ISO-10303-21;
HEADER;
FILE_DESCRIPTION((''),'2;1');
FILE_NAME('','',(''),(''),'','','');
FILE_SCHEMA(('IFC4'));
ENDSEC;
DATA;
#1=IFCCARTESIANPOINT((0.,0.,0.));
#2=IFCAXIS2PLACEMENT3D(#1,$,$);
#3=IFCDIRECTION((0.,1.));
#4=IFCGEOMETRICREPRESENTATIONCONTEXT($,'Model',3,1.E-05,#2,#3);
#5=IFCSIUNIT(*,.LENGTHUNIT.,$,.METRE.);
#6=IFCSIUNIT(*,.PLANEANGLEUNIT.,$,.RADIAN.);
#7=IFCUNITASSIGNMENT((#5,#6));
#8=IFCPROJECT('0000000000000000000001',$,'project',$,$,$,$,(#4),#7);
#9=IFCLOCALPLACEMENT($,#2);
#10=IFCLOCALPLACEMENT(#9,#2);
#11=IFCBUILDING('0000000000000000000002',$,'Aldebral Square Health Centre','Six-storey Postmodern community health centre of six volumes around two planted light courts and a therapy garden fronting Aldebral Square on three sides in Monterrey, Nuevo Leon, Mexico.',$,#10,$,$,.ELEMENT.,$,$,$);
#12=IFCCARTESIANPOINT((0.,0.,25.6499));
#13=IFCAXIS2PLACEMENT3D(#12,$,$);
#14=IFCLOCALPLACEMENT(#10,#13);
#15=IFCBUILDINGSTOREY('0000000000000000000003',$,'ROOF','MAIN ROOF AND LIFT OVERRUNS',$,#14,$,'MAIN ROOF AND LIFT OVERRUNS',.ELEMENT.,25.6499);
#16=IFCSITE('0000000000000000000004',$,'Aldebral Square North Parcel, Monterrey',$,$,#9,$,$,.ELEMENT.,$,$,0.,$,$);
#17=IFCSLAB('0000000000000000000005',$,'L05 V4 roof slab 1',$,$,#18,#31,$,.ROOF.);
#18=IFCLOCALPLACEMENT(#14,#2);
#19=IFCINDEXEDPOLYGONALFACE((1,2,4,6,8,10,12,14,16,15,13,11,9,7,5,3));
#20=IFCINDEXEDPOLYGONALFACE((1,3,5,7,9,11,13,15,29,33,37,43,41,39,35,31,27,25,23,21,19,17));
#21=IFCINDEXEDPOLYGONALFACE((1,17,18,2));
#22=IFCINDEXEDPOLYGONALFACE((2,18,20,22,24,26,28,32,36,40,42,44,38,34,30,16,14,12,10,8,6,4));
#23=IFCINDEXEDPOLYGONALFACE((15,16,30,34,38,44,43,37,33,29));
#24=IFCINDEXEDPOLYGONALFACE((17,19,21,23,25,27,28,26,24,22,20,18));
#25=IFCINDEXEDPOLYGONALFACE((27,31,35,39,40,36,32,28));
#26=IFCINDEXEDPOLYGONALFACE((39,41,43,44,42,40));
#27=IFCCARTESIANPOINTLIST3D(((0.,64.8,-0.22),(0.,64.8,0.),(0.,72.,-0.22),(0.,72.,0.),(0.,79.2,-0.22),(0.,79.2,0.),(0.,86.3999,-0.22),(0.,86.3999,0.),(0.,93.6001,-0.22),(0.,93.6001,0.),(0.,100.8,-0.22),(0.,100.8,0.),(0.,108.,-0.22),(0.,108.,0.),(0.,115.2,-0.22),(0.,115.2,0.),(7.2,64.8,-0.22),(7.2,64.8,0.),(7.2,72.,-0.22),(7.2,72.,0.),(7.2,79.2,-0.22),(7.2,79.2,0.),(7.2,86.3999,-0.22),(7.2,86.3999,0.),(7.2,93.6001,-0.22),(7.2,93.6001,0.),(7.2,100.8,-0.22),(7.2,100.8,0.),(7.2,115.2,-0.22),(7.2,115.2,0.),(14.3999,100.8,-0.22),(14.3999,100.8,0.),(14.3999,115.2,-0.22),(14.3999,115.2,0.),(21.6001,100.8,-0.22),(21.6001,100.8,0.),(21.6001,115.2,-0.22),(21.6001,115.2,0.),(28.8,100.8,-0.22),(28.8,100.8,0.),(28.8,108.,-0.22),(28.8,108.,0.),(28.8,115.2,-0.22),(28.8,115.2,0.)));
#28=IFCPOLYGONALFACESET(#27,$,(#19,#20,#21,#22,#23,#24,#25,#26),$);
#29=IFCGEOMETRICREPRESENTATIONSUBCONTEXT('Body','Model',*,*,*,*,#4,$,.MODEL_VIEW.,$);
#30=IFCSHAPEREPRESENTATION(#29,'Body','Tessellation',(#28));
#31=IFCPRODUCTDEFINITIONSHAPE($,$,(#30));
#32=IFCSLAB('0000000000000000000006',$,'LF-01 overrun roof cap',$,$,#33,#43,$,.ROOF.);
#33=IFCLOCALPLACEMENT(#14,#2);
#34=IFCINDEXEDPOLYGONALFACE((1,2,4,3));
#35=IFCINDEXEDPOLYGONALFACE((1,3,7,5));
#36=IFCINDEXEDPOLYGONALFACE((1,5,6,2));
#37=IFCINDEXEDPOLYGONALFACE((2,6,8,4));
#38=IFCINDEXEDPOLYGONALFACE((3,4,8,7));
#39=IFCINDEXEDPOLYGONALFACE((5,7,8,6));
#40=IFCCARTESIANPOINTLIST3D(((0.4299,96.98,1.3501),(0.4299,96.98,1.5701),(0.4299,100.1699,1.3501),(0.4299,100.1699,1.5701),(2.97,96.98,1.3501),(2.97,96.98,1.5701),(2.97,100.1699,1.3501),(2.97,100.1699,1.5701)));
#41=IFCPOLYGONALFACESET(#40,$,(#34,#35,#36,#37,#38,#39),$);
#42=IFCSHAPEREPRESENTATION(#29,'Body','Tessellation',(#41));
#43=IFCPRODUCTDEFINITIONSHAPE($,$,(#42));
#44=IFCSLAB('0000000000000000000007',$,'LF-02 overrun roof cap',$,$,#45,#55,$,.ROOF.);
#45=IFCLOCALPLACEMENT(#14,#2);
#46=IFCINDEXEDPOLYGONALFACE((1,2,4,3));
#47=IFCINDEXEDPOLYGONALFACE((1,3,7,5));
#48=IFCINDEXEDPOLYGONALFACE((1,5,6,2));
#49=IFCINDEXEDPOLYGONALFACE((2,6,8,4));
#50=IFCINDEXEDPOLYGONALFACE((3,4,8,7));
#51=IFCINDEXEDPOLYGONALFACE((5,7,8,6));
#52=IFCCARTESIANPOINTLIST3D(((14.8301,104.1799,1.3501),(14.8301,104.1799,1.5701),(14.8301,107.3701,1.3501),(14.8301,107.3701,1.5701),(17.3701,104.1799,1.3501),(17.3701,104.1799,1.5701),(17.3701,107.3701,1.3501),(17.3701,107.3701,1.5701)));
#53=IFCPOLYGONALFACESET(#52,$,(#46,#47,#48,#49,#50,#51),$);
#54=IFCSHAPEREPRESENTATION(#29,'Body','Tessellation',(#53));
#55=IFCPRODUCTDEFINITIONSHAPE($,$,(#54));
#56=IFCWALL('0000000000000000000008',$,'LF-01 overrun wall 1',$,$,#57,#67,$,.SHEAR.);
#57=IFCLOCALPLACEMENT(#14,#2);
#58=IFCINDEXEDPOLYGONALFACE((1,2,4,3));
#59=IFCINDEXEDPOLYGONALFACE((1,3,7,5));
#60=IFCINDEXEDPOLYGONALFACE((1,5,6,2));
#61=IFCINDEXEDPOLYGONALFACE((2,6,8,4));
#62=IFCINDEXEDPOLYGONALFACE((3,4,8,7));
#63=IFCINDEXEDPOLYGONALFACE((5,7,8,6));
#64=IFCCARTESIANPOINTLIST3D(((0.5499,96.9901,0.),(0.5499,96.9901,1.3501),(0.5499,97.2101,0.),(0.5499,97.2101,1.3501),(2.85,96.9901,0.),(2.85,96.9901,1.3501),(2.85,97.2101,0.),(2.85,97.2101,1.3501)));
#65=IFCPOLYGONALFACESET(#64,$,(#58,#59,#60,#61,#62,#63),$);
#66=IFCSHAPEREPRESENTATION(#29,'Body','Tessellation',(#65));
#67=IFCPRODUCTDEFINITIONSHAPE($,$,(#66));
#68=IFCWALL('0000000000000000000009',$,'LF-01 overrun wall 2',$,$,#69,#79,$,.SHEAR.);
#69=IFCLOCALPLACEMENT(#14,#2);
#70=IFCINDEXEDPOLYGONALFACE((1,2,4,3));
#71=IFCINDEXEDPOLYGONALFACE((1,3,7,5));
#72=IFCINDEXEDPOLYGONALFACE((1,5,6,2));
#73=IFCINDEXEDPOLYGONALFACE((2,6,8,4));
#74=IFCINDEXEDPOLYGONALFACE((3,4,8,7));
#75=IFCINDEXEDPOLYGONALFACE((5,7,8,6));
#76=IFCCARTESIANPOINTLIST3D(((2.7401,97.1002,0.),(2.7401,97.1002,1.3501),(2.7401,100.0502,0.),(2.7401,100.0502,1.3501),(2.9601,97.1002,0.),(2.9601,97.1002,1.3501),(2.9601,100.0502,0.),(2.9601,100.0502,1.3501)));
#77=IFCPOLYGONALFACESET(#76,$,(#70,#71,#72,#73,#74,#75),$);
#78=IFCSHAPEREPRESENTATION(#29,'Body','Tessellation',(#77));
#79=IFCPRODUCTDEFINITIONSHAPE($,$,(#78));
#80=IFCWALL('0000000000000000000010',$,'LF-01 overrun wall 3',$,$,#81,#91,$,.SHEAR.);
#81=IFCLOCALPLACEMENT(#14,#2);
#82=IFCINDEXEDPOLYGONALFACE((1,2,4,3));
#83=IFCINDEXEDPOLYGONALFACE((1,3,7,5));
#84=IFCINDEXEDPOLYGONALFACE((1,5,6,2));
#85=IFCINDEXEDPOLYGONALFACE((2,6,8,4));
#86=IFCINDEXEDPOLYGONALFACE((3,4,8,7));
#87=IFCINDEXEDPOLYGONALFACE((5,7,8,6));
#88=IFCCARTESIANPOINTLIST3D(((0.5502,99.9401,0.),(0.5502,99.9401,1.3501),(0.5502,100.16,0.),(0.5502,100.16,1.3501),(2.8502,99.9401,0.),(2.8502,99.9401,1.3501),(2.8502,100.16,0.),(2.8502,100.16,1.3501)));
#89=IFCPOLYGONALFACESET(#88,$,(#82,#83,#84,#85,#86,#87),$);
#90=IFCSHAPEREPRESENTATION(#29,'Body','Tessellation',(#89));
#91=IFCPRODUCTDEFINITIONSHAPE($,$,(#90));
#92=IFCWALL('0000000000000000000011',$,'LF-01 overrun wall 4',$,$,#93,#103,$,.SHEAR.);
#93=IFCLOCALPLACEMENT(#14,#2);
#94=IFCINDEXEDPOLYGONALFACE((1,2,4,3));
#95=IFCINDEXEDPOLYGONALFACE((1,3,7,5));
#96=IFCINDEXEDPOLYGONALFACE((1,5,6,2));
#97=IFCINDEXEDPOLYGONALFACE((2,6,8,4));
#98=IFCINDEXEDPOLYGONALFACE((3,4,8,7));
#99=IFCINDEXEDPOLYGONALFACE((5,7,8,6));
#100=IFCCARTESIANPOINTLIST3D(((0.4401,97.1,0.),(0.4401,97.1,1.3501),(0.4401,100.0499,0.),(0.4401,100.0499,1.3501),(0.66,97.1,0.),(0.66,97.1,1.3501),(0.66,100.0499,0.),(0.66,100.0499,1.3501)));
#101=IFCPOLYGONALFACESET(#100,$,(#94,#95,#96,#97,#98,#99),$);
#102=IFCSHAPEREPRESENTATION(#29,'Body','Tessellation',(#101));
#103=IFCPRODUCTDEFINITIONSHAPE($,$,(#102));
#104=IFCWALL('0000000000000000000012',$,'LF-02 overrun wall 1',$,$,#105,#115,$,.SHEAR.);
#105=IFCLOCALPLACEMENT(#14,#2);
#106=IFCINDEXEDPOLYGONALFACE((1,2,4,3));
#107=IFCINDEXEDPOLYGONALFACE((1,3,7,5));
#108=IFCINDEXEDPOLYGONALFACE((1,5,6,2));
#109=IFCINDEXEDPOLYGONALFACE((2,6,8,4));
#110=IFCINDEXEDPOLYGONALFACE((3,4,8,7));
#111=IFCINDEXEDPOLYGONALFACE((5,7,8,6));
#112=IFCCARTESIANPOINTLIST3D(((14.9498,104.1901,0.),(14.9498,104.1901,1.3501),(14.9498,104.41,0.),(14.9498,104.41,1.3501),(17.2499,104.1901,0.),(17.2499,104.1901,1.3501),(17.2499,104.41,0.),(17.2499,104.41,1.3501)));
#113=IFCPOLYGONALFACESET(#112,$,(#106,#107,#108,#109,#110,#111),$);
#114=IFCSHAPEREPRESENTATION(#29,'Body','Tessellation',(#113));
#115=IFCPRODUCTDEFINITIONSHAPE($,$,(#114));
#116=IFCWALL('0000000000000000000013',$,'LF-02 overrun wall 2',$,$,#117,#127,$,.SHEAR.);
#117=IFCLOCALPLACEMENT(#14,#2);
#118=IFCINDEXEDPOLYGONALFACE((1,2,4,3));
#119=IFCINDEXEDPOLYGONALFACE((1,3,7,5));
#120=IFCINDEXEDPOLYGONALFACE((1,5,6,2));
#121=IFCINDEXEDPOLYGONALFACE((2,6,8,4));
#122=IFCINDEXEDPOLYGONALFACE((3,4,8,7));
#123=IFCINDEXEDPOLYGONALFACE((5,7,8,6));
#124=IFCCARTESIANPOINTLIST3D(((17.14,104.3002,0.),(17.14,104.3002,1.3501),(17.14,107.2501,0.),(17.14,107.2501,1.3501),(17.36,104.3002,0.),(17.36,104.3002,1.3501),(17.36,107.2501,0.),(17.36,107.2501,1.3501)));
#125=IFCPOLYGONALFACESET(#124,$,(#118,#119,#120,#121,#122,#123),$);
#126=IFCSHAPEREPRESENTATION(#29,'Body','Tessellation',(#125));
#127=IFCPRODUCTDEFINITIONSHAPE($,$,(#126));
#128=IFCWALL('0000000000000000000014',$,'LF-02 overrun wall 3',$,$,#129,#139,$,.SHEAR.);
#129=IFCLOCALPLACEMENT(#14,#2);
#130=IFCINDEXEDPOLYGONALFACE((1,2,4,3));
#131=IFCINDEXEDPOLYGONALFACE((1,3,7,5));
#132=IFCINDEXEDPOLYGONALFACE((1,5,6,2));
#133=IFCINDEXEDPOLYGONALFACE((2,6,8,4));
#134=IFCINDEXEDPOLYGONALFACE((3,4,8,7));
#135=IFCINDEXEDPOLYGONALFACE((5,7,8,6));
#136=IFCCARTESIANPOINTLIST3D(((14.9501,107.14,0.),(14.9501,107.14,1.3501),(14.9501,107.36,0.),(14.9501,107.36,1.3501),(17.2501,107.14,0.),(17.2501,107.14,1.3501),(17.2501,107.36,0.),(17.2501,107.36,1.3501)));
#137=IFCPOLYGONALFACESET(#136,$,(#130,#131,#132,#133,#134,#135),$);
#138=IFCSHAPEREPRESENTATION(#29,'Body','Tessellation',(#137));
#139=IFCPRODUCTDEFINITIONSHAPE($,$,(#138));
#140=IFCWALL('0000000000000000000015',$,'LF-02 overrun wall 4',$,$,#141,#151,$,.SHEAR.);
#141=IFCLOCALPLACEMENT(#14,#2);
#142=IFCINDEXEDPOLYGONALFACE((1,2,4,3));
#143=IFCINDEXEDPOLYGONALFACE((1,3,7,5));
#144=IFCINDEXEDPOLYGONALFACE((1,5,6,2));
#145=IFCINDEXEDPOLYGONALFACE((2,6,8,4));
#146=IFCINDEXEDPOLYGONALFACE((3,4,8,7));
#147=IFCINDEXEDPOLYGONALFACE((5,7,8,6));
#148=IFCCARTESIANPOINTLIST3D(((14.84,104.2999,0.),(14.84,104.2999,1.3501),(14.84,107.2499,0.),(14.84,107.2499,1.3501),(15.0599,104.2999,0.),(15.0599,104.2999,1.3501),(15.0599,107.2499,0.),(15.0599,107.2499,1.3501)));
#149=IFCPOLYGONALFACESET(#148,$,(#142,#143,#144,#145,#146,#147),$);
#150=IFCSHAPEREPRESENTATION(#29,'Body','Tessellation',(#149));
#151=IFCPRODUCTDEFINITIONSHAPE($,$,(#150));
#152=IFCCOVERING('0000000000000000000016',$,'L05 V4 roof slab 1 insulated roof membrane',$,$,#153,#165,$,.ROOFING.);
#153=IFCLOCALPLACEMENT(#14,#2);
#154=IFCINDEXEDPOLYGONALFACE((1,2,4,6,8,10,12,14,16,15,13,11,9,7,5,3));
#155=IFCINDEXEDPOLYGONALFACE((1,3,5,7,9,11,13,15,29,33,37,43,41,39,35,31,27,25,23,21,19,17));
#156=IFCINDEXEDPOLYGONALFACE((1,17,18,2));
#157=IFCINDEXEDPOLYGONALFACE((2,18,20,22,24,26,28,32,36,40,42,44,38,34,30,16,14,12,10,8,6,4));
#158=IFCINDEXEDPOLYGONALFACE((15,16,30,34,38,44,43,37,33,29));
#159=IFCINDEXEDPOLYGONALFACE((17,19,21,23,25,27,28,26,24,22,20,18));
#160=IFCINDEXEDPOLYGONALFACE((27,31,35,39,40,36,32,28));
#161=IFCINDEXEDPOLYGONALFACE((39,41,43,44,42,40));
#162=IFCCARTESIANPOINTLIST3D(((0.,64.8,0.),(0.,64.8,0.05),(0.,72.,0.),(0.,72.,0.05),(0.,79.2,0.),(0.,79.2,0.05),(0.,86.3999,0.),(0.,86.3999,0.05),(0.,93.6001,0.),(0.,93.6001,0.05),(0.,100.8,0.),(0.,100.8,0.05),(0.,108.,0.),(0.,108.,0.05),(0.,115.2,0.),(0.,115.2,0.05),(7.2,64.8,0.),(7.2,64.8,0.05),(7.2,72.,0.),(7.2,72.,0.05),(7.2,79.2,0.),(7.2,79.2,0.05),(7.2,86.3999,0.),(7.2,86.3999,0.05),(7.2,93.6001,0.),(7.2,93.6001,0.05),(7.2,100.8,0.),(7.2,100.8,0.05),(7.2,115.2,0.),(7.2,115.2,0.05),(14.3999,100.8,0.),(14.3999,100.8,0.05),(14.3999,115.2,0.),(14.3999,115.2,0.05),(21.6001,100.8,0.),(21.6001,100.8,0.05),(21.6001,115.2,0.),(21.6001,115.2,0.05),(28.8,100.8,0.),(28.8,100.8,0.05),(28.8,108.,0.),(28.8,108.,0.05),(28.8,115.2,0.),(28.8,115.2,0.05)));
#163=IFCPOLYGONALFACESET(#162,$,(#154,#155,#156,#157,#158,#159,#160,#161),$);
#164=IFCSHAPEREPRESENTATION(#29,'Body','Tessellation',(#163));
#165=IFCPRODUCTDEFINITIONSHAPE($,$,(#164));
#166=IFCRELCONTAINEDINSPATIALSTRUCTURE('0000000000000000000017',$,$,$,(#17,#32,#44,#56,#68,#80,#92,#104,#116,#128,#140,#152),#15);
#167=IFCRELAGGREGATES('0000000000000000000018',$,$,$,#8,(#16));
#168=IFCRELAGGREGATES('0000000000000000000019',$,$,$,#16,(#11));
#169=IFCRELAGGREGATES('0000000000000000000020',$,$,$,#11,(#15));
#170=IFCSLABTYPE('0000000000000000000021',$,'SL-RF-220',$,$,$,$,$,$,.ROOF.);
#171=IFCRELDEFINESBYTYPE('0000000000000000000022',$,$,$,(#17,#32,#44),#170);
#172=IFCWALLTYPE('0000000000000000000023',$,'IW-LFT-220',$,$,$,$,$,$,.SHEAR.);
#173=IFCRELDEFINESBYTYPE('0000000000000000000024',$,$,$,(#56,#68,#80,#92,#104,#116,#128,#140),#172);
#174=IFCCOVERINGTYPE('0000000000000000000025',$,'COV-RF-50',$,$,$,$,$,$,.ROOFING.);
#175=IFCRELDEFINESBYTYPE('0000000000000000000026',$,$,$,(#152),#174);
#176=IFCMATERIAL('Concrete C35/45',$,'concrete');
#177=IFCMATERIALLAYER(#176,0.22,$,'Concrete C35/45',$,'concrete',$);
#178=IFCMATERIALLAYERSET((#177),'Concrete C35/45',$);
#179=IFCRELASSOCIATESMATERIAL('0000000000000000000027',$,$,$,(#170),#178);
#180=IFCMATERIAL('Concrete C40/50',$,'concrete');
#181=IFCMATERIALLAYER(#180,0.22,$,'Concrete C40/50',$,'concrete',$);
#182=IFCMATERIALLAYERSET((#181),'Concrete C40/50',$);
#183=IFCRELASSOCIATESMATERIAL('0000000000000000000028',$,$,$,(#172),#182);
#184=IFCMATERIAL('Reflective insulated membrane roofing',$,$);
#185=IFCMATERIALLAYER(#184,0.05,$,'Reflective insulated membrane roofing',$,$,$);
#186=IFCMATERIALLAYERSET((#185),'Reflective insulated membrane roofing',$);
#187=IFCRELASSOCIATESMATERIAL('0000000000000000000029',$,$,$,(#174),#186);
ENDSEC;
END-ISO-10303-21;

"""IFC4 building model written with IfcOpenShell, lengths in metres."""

from ifc_helpers import new_model, si_unit, direction, frame, frame_2d, origin, place, context, subcontext, project, spatial, polyline, rectangle, outline, extrude, material, layer, layer_set, type_object, element, save


model = new_model("IFC4")

# Units and contexts
model_context = context("Model", 3, precision=1e-05, world=origin(), true_north=direction((0.0, 1.0)))
body_context = subcontext(model_context, "Body", "Model", "MODEL_VIEW")
ifc_project = project(units=[si_unit("LENGTHUNIT", "METRE"), si_unit("PLANEANGLEUNIT", "RADIAN")], contexts=[model_context])

# Site, building, storey
site_placement = place(None, origin())
site = spatial("IfcSite", under=ifc_project, at=site_placement, Name="Aldebral Square North Parcel, Monterrey", CompositionType="ELEMENT", RefElevation=0.0)
building_placement = place(site_placement, origin())
building = spatial("IfcBuilding", under=site, at=building_placement, Name="Aldebral Square Health Centre", Description="Six-storey Postmodern community health centre of six volumes around two planted light courts and a therapy garden fronting Aldebral Square on three sides in Monterrey, Nuevo Leon, Mexico.", CompositionType="ELEMENT")
storey_placement = place(building_placement, frame((0.0, 0.0, 25.6499)))
storey = spatial("IfcBuildingStorey", under=building, at=storey_placement, Name="ROOF", Description="MAIN ROOF AND LIFT OVERRUNS", LongName="MAIN ROOF AND LIFT OVERRUNS", CompositionType="ELEMENT", Elevation=25.6499)

# Slabs
ifc_material_1 = material(Name="Concrete C35/45", Category="concrete")
ifc_layer_1 = layer(ifc_material_1, 0.22, Name="Concrete C35/45", Category="concrete")
ifc_layer_set_1 = layer_set([ifc_layer_1], Name="Concrete C35/45")
slab_type = type_object("IfcSlabType", Name="SL-RF-220", PredefinedType="ROOF", material=ifc_layer_set_1)
slab_1_placement = place(storey_placement, frame((0.0, 0.0, -0.22)))
element("IfcSlab", 1, at=slab_1_placement, inside=storey, type_object=slab_type, Name="L05 V4 roof slab 1", PredefinedType="ROOF", context=body_context, shape_type="SweptSolid", body=[
    extrude(outline(polyline([(0.0, 72.0), (0.0, 79.2), (0.0, 86.3999), (0.0, 93.6001), (0.0, 100.8), (0.0, 108.0), (0.0, 115.2), (7.2, 115.2), (14.3999, 115.2), (21.6001, 115.2), (28.8, 115.2), (28.8, 108.0), (28.8, 100.8), (21.6001, 100.8), (14.3999, 100.8), (7.2, 100.8), (7.2, 93.6001), (7.2, 86.3999), (7.2, 79.2), (7.2, 72.0), (7.2, 64.8), (0.0, 64.8), (0.0, 72.0)])), origin(), (0.0, 0.0, 1.0), 0.22),
])
slab_2_placement = place(storey_placement, frame((0.0, 0.0, 1.3501)))
element("IfcSlab", 2, at=slab_2_placement, inside=storey, type_object=slab_type, Name="LF-01 overrun roof cap", PredefinedType="ROOF", context=body_context, shape_type="SweptSolid", body=[
    extrude(outline(polyline([(0.4299, 96.98), (2.97, 96.98), (2.97, 100.1699), (0.4299, 100.1699), (0.4299, 96.98)])), origin(), (0.0, 0.0, 1.0), 0.22),
])
slab_3_placement = place(storey_placement, frame((0.0, 0.0, 1.3501)))
element("IfcSlab", 3, at=slab_3_placement, inside=storey, type_object=slab_type, Name="LF-02 overrun roof cap", PredefinedType="ROOF", context=body_context, shape_type="SweptSolid", body=[
    extrude(outline(polyline([(14.8301, 104.1799), (17.3701, 104.1799), (17.3701, 107.3701), (14.8301, 107.3701), (14.8301, 104.1799)])), origin(), (0.0, 0.0, 1.0), 0.22),
])

# Walls
ifc_material_2 = material(Name="Concrete C40/50", Category="concrete")
ifc_layer_2 = layer(ifc_material_2, 0.22, Name="Concrete C40/50", Category="concrete")
ifc_layer_set_2 = layer_set([ifc_layer_2], Name="Concrete C40/50")
wall_type = type_object("IfcWallType", Name="IW-LFT-220", PredefinedType="SHEAR", material=ifc_layer_set_2)
wall_1_placement = place(storey_placement, frame((0.55, 97.1001, 0.0), z_axis=(0.0, 0.0, 1.0), x_axis=(1.0, 0.0, 0.0)))
element("IfcWall", 4, at=wall_1_placement, inside=storey, type_object=wall_type, Name="LF-01 overrun wall 1", PredefinedType="SHEAR", context=body_context, shape_type="SweptSolid", body=[
    extrude(rectangle(XDim=2.3, YDim=0.22, at=frame_2d((1.1499, 0.0))), origin(), (0.0, 0.0, 1.0), 1.3501),
])
wall_2_placement = place(storey_placement, frame((2.8501, 97.1001, 0.0), z_axis=(0.0, 0.0, 1.0), x_axis=(0.0, 1.0, 0.0)))
element("IfcWall", 5, at=wall_2_placement, inside=storey, type_object=wall_type, Name="LF-01 overrun wall 2", PredefinedType="SHEAR", context=body_context, shape_type="SweptSolid", body=[
    extrude(rectangle(XDim=2.95, YDim=0.22, at=frame_2d((1.4751, 0.0))), origin(), (0.0, 0.0, 1.0), 1.3501),
])
wall_3_placement = place(storey_placement, frame((2.8501, 100.05, 0.0), z_axis=(0.0, 0.0, 1.0), x_axis=(-1.0, 0.0, 0.0)))
element("IfcWall", 6, at=wall_3_placement, inside=storey, type_object=wall_type, Name="LF-01 overrun wall 3", PredefinedType="SHEAR", context=body_context, shape_type="SweptSolid", body=[
    extrude(rectangle(XDim=2.3, YDim=0.22, at=frame_2d((1.1499, 0.0))), origin(), (0.0, 0.0, 1.0), 1.3501),
])
wall_4_placement = place(storey_placement, frame((0.55, 100.05, 0.0), z_axis=(0.0, 0.0, 1.0), x_axis=(0.0, -1.0, 0.0)))
element("IfcWall", 7, at=wall_4_placement, inside=storey, type_object=wall_type, Name="LF-01 overrun wall 4", PredefinedType="SHEAR", context=body_context, shape_type="SweptSolid", body=[
    extrude(rectangle(XDim=2.95, YDim=0.22, at=frame_2d((1.4751, 0.0))), origin(), (0.0, 0.0, 1.0), 1.3501),
])
wall_5_placement = place(storey_placement, frame((14.95, 104.3, 0.0), z_axis=(0.0, 0.0, 1.0), x_axis=(1.0, 0.0, 0.0)))
element("IfcWall", 8, at=wall_5_placement, inside=storey, type_object=wall_type, Name="LF-02 overrun wall 1", PredefinedType="SHEAR", context=body_context, shape_type="SweptSolid", body=[
    extrude(rectangle(XDim=2.3, YDim=0.22, at=frame_2d((1.1499, 0.0))), origin(), (0.0, 0.0, 1.0), 1.3501),
])
wall_6_placement = place(storey_placement, frame((17.25, 104.3, 0.0), z_axis=(0.0, 0.0, 1.0), x_axis=(0.0, 1.0, 0.0)))
element("IfcWall", 9, at=wall_6_placement, inside=storey, type_object=wall_type, Name="LF-02 overrun wall 2", PredefinedType="SHEAR", context=body_context, shape_type="SweptSolid", body=[
    extrude(rectangle(XDim=2.95, YDim=0.22, at=frame_2d((1.4751, 0.0))), origin(), (0.0, 0.0, 1.0), 1.3501),
])
wall_7_placement = place(storey_placement, frame((17.25, 107.25, 0.0), z_axis=(0.0, 0.0, 1.0), x_axis=(-1.0, 0.0, 0.0)))
element("IfcWall", 10, at=wall_7_placement, inside=storey, type_object=wall_type, Name="LF-02 overrun wall 3", PredefinedType="SHEAR", context=body_context, shape_type="SweptSolid", body=[
    extrude(rectangle(XDim=2.3, YDim=0.22, at=frame_2d((1.1499, 0.0))), origin(), (0.0, 0.0, 1.0), 1.3501),
])
wall_8_placement = place(storey_placement, frame((14.95, 107.25, 0.0), z_axis=(0.0, 0.0, 1.0), x_axis=(0.0, -1.0, 0.0)))
element("IfcWall", 11, at=wall_8_placement, inside=storey, type_object=wall_type, Name="LF-02 overrun wall 4", PredefinedType="SHEAR", context=body_context, shape_type="SweptSolid", body=[
    extrude(rectangle(XDim=2.95, YDim=0.22, at=frame_2d((1.4751, 0.0))), origin(), (0.0, 0.0, 1.0), 1.3501),
])

# Covering
ifc_material_3 = material(Name="Reflective insulated membrane roofing")
ifc_layer_3 = layer(ifc_material_3, 0.05, Name="Reflective insulated membrane roofing")
ifc_layer_set_3 = layer_set([ifc_layer_3], Name="Reflective insulated membrane roofing")
covering_type = type_object("IfcCoveringType", Name="COV-RF-50", PredefinedType="ROOFING", material=ifc_layer_set_3)
covering_placement = place(storey_placement, origin())
element("IfcCovering", 12, at=covering_placement, inside=storey, type_object=covering_type, Name="L05 V4 roof slab 1 insulated roof membrane", PredefinedType="ROOFING", context=body_context, shape_type="SweptSolid", body=[
    extrude(outline(polyline([(0.0, 72.0), (0.0, 79.2), (0.0, 86.3999), (0.0, 93.6001), (0.0, 100.8), (0.0, 108.0), (0.0, 115.2), (7.2, 115.2), (14.3999, 115.2), (21.6001, 115.2), (28.8, 115.2), (28.8, 108.0), (28.8, 100.8), (21.6001, 100.8), (14.3999, 100.8), (7.2, 100.8), (7.2, 93.6001), (7.2, 86.3999), (7.2, 79.2), (7.2, 72.0), (7.2, 64.8), (0.0, 64.8), (0.0, 72.0)])), origin(), (0.0, 0.0, 1.0), 0.05),
])

save(model, "model.ifc")
